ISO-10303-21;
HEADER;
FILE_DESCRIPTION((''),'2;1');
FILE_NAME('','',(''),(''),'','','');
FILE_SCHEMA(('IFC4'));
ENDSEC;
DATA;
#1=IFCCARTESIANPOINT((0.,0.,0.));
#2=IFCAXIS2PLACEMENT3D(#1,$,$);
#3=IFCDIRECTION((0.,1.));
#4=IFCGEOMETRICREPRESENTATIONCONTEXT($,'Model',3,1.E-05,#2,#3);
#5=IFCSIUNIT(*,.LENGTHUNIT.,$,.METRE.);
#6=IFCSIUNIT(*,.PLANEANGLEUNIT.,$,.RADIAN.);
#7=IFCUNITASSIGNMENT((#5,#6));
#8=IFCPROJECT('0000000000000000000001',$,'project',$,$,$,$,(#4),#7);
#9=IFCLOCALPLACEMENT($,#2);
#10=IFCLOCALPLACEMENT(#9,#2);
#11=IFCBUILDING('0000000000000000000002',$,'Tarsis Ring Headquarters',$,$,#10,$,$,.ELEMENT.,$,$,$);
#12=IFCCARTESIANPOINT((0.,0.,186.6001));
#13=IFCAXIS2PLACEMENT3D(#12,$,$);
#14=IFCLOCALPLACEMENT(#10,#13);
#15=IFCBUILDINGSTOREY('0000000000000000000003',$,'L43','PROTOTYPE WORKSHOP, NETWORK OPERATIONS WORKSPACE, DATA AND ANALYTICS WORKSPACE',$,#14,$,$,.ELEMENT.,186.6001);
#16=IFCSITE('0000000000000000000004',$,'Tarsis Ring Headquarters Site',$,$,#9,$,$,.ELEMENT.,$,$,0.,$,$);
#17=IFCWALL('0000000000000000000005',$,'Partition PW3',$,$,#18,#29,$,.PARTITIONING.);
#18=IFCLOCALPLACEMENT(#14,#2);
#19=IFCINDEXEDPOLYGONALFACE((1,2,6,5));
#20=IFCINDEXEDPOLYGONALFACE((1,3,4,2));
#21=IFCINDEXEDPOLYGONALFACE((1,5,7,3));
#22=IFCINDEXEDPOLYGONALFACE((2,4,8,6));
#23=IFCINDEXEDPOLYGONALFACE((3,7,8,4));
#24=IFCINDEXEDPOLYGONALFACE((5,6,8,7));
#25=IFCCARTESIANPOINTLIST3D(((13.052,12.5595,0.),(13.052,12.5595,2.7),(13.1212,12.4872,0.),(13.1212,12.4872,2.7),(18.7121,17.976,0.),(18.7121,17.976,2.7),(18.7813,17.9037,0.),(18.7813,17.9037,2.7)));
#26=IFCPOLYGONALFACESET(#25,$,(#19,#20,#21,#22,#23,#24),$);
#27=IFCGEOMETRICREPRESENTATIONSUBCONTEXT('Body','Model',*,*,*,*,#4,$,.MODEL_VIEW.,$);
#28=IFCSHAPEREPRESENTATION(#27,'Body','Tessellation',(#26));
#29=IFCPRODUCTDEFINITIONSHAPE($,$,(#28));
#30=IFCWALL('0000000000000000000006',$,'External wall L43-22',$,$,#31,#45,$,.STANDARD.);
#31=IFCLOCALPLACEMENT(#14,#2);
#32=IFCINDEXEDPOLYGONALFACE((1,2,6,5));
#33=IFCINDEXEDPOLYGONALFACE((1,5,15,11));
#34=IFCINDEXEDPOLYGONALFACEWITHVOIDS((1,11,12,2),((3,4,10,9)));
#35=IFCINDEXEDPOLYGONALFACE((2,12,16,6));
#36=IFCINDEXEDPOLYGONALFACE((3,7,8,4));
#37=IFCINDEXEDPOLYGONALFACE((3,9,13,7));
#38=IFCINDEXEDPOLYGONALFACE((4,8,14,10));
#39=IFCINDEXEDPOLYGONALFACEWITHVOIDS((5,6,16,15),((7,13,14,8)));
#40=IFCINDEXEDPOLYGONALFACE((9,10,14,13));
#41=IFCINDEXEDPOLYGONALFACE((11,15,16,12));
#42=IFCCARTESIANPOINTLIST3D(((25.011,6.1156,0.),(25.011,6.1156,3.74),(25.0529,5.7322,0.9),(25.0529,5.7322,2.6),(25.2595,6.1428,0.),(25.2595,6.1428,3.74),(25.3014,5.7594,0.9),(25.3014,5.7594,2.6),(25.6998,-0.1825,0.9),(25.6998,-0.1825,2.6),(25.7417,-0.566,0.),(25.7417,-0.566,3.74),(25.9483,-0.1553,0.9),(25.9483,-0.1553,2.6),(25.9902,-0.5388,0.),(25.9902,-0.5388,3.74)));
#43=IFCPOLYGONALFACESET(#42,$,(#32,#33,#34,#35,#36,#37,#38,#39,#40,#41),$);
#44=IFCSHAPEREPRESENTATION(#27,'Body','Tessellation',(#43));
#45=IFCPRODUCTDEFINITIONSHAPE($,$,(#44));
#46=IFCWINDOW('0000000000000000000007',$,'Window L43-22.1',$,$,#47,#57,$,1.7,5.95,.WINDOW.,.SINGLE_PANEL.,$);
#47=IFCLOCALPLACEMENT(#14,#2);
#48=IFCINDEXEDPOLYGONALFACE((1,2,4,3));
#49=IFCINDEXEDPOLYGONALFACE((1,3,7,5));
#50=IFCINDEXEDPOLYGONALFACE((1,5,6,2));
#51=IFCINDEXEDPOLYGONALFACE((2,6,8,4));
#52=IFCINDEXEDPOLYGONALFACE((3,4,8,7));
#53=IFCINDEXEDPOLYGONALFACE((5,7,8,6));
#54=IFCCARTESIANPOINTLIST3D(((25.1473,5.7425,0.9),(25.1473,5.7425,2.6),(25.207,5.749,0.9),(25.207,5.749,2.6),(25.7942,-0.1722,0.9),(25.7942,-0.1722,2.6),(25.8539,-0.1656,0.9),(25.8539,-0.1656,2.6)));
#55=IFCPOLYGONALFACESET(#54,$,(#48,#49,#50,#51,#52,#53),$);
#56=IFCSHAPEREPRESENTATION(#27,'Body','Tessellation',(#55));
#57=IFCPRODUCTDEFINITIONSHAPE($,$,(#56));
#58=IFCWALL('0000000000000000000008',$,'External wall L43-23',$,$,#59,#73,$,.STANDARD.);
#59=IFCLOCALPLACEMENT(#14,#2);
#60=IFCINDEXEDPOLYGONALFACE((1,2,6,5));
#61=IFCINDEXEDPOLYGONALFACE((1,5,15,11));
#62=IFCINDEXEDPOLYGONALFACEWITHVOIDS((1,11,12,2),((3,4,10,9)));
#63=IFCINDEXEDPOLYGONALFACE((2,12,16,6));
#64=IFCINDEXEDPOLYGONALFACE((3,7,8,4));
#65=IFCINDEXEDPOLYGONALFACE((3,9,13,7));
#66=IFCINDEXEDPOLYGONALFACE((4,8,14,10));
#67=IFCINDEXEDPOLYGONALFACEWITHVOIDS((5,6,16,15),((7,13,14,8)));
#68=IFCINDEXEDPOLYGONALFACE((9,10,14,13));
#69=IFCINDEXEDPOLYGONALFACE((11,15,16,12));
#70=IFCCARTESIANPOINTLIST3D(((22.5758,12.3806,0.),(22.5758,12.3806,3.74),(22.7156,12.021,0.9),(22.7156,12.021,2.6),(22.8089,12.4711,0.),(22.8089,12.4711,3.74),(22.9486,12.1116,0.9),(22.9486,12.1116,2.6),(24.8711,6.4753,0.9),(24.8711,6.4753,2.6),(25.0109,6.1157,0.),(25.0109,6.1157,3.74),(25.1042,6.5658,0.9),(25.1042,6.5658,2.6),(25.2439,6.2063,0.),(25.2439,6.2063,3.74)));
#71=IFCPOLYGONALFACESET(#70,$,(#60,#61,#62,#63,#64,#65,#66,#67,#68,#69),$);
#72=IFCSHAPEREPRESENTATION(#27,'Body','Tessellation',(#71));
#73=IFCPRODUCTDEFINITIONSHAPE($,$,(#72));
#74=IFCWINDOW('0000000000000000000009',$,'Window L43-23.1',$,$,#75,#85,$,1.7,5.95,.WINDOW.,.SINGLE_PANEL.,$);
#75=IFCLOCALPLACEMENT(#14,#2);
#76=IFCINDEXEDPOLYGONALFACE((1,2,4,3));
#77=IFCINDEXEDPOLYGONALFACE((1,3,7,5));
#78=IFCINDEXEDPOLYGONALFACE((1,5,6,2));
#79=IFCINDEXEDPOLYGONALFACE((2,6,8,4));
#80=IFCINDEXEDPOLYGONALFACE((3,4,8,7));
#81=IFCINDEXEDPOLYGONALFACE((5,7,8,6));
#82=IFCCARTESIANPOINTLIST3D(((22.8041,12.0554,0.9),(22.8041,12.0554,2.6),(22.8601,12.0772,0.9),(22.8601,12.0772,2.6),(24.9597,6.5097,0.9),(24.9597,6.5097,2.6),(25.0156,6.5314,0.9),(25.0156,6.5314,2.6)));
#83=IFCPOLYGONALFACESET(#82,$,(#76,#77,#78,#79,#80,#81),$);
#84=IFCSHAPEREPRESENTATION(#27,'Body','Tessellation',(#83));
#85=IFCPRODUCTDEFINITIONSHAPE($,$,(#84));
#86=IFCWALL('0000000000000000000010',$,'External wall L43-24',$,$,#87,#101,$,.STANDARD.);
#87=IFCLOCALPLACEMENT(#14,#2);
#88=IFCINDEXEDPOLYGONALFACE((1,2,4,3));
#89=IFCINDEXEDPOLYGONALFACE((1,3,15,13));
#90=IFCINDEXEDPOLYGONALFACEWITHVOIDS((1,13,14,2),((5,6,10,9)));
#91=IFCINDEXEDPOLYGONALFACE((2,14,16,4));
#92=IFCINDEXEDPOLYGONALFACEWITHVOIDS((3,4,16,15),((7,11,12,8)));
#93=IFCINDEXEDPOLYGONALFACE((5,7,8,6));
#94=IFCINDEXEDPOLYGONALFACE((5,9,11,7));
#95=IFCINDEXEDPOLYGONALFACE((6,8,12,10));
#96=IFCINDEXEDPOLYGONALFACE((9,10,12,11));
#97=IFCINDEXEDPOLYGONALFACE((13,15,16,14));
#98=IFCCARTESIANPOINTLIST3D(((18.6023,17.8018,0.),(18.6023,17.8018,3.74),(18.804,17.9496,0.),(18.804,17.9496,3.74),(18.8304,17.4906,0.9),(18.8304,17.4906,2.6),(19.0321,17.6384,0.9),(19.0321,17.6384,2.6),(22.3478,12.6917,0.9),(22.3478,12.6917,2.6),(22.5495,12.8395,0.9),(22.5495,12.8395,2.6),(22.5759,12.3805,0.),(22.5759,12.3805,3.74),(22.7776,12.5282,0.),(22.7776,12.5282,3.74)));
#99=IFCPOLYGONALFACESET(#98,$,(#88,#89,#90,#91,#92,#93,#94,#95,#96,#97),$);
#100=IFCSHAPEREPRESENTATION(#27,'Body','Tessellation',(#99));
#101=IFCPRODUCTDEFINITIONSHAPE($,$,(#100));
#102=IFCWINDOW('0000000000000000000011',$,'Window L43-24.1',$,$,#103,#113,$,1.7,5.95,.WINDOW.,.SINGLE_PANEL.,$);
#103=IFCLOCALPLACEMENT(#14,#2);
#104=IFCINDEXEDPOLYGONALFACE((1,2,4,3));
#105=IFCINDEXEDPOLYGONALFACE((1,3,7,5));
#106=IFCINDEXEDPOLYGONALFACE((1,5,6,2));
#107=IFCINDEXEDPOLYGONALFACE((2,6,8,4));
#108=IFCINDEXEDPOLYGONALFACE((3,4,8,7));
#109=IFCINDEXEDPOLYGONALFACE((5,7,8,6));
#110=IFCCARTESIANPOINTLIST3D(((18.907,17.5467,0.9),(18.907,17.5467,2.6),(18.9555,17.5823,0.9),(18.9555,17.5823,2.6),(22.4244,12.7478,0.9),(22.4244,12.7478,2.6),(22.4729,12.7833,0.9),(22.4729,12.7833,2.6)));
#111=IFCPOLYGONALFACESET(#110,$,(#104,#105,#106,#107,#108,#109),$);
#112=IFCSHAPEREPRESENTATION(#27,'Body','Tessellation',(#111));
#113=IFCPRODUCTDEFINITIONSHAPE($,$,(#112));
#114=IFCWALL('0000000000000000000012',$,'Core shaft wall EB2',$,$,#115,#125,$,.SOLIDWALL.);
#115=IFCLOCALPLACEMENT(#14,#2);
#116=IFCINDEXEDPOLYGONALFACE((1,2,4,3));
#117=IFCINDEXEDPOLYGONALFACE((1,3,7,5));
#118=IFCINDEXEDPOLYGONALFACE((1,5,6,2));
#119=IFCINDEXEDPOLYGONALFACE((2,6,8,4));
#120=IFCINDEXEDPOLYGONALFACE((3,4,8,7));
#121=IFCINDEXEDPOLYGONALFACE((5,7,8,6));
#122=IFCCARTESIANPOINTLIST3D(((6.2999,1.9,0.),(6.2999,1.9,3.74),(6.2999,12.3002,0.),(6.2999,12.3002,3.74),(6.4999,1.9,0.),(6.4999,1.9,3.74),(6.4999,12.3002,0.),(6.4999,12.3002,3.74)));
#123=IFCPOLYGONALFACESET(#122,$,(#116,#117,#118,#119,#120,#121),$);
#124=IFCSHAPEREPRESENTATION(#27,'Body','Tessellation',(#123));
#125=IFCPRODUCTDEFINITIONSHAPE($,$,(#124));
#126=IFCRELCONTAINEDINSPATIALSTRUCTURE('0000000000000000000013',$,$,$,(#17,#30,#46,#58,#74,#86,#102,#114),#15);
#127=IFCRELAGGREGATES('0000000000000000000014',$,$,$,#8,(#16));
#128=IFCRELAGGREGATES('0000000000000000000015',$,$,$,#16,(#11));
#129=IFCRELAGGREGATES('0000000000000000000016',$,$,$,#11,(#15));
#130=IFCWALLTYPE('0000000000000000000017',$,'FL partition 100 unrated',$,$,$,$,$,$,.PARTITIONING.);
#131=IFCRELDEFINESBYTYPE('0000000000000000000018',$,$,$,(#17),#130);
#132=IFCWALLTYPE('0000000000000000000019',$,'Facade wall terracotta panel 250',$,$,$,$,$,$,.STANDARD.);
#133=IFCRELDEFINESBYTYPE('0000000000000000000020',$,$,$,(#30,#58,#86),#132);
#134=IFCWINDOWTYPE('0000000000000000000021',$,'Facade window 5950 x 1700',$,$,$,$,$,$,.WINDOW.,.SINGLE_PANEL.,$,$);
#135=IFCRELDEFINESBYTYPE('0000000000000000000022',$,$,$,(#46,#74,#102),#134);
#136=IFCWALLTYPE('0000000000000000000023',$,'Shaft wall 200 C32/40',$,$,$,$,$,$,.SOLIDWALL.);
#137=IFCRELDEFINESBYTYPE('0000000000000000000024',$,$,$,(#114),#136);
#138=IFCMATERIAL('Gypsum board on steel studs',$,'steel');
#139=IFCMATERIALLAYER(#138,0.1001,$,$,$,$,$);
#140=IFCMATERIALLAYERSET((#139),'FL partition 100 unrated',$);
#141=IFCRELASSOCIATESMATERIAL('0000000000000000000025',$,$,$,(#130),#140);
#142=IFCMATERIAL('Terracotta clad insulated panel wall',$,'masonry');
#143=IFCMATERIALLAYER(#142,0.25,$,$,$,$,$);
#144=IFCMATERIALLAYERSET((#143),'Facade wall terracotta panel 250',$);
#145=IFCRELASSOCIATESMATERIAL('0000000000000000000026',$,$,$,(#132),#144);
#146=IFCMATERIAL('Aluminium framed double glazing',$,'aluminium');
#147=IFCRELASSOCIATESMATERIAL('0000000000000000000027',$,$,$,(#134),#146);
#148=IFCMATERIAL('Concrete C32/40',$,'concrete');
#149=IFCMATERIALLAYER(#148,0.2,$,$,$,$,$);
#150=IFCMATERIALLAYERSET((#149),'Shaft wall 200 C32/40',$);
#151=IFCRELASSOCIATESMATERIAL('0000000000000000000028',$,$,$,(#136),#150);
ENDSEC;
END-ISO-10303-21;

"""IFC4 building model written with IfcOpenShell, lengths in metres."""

from ifc_helpers import new_model, si_unit, direction, frame, frame_2d, origin, place, context, subcontext, project, spatial, rectangle, extrude, material, layer, layer_set, type_object, element, fill, save


model = new_model("IFC4")

# Units and contexts
model_context = context("Model", 3, precision=1e-05, world=origin(), true_north=direction((0.0, 1.0)))
body_context = subcontext(model_context, "Body", "Model", "MODEL_VIEW")
ifc_project = project(units=[si_unit("LENGTHUNIT", "METRE"), si_unit("PLANEANGLEUNIT", "RADIAN")], contexts=[model_context])

# Site, building, storey
site_placement = place(None, origin())
site = spatial("IfcSite", under=ifc_project, at=site_placement, Name="Tarsis Ring Headquarters Site", CompositionType="ELEMENT", RefElevation=0.0)
building_placement = place(site_placement, origin())
building = spatial("IfcBuilding", under=site, at=building_placement, Name="Tarsis Ring Headquarters", CompositionType="ELEMENT")
storey_placement = place(building_placement, frame((0.0, 0.0, 186.6001)))
storey = spatial("IfcBuildingStorey", under=building, at=storey_placement, Name="L43", Description="PROTOTYPE WORKSHOP, NETWORK OPERATIONS WORKSPACE, DATA AND ANALYTICS WORKSPACE", CompositionType="ELEMENT", Elevation=186.6001)

# Wall
ifc_material_1 = material(Name="Gypsum board on steel studs", Category="steel")
ifc_layer_1 = layer(ifc_material_1, 0.1001)
ifc_layer_set_1 = layer_set([ifc_layer_1], Name="FL partition 100 unrated")
wall_type_1 = type_object("IfcWallType", Name="FL partition 100 unrated", PredefinedType="PARTITIONING", material=ifc_layer_set_1)
wall_1_placement = place(storey_placement, frame((13.0867, 12.5234, 0.0), z_axis=(0.0, 0.0, 1.0), x_axis=(0.722486, 0.691385, 0.0)))
element("IfcWall", 1, at=wall_1_placement, inside=storey, type_object=wall_type_1, Name="Partition PW3", PredefinedType="PARTITIONING", context=body_context, shape_type="SweptSolid", body=[
    extrude(rectangle(XDim=7.8342, YDim=0.1001, at=frame_2d((3.917, 0.0))), origin(), (0.0, 0.0, 1.0), 2.7),
])

# Walls, openings, windows
ifc_material_2 = material(Name="Terracotta clad insulated panel wall", Category="masonry")
ifc_layer_2 = layer(ifc_material_2, 0.25)
ifc_layer_set_2 = layer_set([ifc_layer_2], Name="Facade wall terracotta panel 250")
wall_type_2 = type_object("IfcWallType", Name="Facade wall terracotta panel 250", PredefinedType="STANDARD", material=ifc_layer_set_2)
wall_2_placement = place(storey_placement, frame((25.866, -0.5525, 0.0), z_axis=(0.0, 0.0, 1.0), x_axis=(-0.108713, 0.994073, 0.0)))
wall_2 = element("IfcWall", 2, at=wall_2_placement, inside=storey, type_object=wall_type_2, Name="External wall L43-22", PredefinedType="STANDARD", context=body_context, shape_type="SweptSolid", body=[
    extrude(rectangle(XDim=6.7214, YDim=0.25, at=frame_2d((3.3608, 0.0))), origin(), (0.0, 0.0, 1.0), 3.74),
])
opening_1_placement = place(wall_2_placement, frame((0.3857, 0.0, 0.8999)))
opening_1 = element("IfcOpeningElement", 3, at=opening_1_placement, cuts=wall_2, PredefinedType="OPENING", context=body_context, shape_type="SweptSolid", body=[
    extrude(rectangle(XDim=5.95, YDim=1.7, at=frame_2d((2.9751, 0.8501))), frame((0.0, 0.135, 0.0), z_axis=(0.0, -1.0, 0.0), x_axis=(1.0, 0.0, 0.0)), (0.0, 0.0, 1.0), 0.27),
])
ifc_material_3 = material(Name="Aluminium framed double glazing", Category="aluminium")
window_type = type_object("IfcWindowType", Name="Facade window 5950 x 1700", PartitioningType="SINGLE_PANEL", PredefinedType="WINDOW", material=ifc_material_3)
window_1_placement = place(opening_1_placement, origin())
window_1 = element("IfcWindow", 4, at=window_1_placement, inside=storey, type_object=window_type, Name="Window L43-22.1", OverallHeight=1.7, OverallWidth=5.95, PartitioningType="SINGLE_PANEL", PredefinedType="WINDOW", context=body_context, shape_type="SweptSolid", body=[
    extrude(rectangle(XDim=5.95, YDim=1.7, at=frame_2d((2.9751, 0.8501))), frame((0.0, 0.03, 0.0), z_axis=(0.0, -1.0, 0.0), x_axis=(1.0, 0.0, 0.0)), (0.0, 0.0, 1.0), 0.0601),
])
fill(opening_1, window_1)
wall_3_placement = place(storey_placement, frame((25.1274, 6.1609, 0.0), z_axis=(0.0, 0.0, 1.0), x_axis=(-0.36228, 0.932069, 0.0)))
wall_3 = element("IfcWall", 5, at=wall_3_placement, inside=storey, type_object=wall_type_2, Name="External wall L43-23", PredefinedType="STANDARD", context=body_context, shape_type="SweptSolid", body=[
    extrude(rectangle(XDim=6.7214, YDim=0.25, at=frame_2d((3.3608, 0.0))), origin(), (0.0, 0.0, 1.0), 3.74),
])
opening_2_placement = place(wall_3_placement, frame((0.3857, 0.0, 0.8999)))
opening_2 = element("IfcOpeningElement", 6, at=opening_2_placement, cuts=wall_3, PredefinedType="OPENING", context=body_context, shape_type="SweptSolid", body=[
    extrude(rectangle(XDim=5.95, YDim=1.7, at=frame_2d((2.9751, 0.8501))), frame((0.0, 0.135, 0.0), z_axis=(0.0, -1.0, 0.0), x_axis=(1.0, 0.0, 0.0)), (0.0, 0.0, 1.0), 0.27),
])
window_2_placement = place(opening_2_placement, origin())
window_2 = element("IfcWindow", 7, at=window_2_placement, inside=storey, type_object=window_type, Name="Window L43-23.1", OverallHeight=1.7, OverallWidth=5.95, PartitioningType="SINGLE_PANEL", PredefinedType="WINDOW", context=body_context, shape_type="SweptSolid", body=[
    extrude(rectangle(XDim=5.95, YDim=1.7, at=frame_2d((2.9751, 0.8501))), frame((0.0, 0.03, 0.0), z_axis=(0.0, -1.0, 0.0), x_axis=(1.0, 0.0, 0.0)), (0.0, 0.0, 1.0), 0.0601),
])
fill(opening_2, window_2)
wall_4_placement = place(storey_placement, frame((22.6768, 12.4543, 0.0), z_axis=(0.0, 0.0, 1.0), x_axis=(-0.591165, 0.80655, 0.0)))
wall_4 = element("IfcWall", 8, at=wall_4_placement, inside=storey, type_object=wall_type_2, Name="External wall L43-24", PredefinedType="STANDARD", context=body_context, shape_type="SweptSolid", body=[
    extrude(rectangle(XDim=6.7217, YDim=0.25, at=frame_2d((3.3608, 0.0))), origin(), (0.0, 0.0, 1.0), 3.74),
])
opening_3_placement = place(wall_4_placement, frame((0.3857, 0.0, 0.8999)))
opening_3 = element("IfcOpeningElement", 9, at=opening_3_placement, cuts=wall_4, PredefinedType="OPENING", context=body_context, shape_type="SweptSolid", body=[
    extrude(rectangle(XDim=5.95, YDim=1.7, at=frame_2d((2.9751, 0.8501))), frame((0.0, 0.135, 0.0), z_axis=(0.0, -1.0, 0.0), x_axis=(1.0, 0.0, 0.0)), (0.0, 0.0, 1.0), 0.27),
])
window_3_placement = place(opening_3_placement, origin())
window_3 = element("IfcWindow", 10, at=window_3_placement, inside=storey, type_object=window_type, Name="Window L43-24.1", OverallHeight=1.7, OverallWidth=5.95, PartitioningType="SINGLE_PANEL", PredefinedType="WINDOW", context=body_context, shape_type="SweptSolid", body=[
    extrude(rectangle(XDim=5.95, YDim=1.7, at=frame_2d((2.9751, 0.8501))), frame((0.0, 0.03, 0.0), z_axis=(0.0, -1.0, 0.0), x_axis=(1.0, 0.0, 0.0)), (0.0, 0.0, 1.0), 0.0601),
])
fill(opening_3, window_3)

# Wall
ifc_material_4 = material(Name="Concrete C32/40", Category="concrete")
ifc_layer_3 = layer(ifc_material_4, 0.2)
ifc_layer_set_3 = layer_set([ifc_layer_3], Name="Shaft wall 200 C32/40")
wall_type_3 = type_object("IfcWallType", Name="Shaft wall 200 C32/40", PredefinedType="SOLIDWALL", material=ifc_layer_set_3)
wall_5_placement = place(storey_placement, frame((6.3999, 1.8999, 0.0), z_axis=(0.0, 0.0, 1.0), x_axis=(0.0, 1.0, 0.0)))
element("IfcWall", 11, at=wall_5_placement, inside=storey, type_object=wall_type_3, Name="Core shaft wall EB2", PredefinedType="SOLIDWALL", context=body_context, shape_type="SweptSolid", body=[
    extrude(rectangle(XDim=10.4001, YDim=0.2, at=frame_2d((5.2002, 0.0))), origin(), (0.0, 0.0, 1.0), 3.74),
])

save(model, "model.ifc")
